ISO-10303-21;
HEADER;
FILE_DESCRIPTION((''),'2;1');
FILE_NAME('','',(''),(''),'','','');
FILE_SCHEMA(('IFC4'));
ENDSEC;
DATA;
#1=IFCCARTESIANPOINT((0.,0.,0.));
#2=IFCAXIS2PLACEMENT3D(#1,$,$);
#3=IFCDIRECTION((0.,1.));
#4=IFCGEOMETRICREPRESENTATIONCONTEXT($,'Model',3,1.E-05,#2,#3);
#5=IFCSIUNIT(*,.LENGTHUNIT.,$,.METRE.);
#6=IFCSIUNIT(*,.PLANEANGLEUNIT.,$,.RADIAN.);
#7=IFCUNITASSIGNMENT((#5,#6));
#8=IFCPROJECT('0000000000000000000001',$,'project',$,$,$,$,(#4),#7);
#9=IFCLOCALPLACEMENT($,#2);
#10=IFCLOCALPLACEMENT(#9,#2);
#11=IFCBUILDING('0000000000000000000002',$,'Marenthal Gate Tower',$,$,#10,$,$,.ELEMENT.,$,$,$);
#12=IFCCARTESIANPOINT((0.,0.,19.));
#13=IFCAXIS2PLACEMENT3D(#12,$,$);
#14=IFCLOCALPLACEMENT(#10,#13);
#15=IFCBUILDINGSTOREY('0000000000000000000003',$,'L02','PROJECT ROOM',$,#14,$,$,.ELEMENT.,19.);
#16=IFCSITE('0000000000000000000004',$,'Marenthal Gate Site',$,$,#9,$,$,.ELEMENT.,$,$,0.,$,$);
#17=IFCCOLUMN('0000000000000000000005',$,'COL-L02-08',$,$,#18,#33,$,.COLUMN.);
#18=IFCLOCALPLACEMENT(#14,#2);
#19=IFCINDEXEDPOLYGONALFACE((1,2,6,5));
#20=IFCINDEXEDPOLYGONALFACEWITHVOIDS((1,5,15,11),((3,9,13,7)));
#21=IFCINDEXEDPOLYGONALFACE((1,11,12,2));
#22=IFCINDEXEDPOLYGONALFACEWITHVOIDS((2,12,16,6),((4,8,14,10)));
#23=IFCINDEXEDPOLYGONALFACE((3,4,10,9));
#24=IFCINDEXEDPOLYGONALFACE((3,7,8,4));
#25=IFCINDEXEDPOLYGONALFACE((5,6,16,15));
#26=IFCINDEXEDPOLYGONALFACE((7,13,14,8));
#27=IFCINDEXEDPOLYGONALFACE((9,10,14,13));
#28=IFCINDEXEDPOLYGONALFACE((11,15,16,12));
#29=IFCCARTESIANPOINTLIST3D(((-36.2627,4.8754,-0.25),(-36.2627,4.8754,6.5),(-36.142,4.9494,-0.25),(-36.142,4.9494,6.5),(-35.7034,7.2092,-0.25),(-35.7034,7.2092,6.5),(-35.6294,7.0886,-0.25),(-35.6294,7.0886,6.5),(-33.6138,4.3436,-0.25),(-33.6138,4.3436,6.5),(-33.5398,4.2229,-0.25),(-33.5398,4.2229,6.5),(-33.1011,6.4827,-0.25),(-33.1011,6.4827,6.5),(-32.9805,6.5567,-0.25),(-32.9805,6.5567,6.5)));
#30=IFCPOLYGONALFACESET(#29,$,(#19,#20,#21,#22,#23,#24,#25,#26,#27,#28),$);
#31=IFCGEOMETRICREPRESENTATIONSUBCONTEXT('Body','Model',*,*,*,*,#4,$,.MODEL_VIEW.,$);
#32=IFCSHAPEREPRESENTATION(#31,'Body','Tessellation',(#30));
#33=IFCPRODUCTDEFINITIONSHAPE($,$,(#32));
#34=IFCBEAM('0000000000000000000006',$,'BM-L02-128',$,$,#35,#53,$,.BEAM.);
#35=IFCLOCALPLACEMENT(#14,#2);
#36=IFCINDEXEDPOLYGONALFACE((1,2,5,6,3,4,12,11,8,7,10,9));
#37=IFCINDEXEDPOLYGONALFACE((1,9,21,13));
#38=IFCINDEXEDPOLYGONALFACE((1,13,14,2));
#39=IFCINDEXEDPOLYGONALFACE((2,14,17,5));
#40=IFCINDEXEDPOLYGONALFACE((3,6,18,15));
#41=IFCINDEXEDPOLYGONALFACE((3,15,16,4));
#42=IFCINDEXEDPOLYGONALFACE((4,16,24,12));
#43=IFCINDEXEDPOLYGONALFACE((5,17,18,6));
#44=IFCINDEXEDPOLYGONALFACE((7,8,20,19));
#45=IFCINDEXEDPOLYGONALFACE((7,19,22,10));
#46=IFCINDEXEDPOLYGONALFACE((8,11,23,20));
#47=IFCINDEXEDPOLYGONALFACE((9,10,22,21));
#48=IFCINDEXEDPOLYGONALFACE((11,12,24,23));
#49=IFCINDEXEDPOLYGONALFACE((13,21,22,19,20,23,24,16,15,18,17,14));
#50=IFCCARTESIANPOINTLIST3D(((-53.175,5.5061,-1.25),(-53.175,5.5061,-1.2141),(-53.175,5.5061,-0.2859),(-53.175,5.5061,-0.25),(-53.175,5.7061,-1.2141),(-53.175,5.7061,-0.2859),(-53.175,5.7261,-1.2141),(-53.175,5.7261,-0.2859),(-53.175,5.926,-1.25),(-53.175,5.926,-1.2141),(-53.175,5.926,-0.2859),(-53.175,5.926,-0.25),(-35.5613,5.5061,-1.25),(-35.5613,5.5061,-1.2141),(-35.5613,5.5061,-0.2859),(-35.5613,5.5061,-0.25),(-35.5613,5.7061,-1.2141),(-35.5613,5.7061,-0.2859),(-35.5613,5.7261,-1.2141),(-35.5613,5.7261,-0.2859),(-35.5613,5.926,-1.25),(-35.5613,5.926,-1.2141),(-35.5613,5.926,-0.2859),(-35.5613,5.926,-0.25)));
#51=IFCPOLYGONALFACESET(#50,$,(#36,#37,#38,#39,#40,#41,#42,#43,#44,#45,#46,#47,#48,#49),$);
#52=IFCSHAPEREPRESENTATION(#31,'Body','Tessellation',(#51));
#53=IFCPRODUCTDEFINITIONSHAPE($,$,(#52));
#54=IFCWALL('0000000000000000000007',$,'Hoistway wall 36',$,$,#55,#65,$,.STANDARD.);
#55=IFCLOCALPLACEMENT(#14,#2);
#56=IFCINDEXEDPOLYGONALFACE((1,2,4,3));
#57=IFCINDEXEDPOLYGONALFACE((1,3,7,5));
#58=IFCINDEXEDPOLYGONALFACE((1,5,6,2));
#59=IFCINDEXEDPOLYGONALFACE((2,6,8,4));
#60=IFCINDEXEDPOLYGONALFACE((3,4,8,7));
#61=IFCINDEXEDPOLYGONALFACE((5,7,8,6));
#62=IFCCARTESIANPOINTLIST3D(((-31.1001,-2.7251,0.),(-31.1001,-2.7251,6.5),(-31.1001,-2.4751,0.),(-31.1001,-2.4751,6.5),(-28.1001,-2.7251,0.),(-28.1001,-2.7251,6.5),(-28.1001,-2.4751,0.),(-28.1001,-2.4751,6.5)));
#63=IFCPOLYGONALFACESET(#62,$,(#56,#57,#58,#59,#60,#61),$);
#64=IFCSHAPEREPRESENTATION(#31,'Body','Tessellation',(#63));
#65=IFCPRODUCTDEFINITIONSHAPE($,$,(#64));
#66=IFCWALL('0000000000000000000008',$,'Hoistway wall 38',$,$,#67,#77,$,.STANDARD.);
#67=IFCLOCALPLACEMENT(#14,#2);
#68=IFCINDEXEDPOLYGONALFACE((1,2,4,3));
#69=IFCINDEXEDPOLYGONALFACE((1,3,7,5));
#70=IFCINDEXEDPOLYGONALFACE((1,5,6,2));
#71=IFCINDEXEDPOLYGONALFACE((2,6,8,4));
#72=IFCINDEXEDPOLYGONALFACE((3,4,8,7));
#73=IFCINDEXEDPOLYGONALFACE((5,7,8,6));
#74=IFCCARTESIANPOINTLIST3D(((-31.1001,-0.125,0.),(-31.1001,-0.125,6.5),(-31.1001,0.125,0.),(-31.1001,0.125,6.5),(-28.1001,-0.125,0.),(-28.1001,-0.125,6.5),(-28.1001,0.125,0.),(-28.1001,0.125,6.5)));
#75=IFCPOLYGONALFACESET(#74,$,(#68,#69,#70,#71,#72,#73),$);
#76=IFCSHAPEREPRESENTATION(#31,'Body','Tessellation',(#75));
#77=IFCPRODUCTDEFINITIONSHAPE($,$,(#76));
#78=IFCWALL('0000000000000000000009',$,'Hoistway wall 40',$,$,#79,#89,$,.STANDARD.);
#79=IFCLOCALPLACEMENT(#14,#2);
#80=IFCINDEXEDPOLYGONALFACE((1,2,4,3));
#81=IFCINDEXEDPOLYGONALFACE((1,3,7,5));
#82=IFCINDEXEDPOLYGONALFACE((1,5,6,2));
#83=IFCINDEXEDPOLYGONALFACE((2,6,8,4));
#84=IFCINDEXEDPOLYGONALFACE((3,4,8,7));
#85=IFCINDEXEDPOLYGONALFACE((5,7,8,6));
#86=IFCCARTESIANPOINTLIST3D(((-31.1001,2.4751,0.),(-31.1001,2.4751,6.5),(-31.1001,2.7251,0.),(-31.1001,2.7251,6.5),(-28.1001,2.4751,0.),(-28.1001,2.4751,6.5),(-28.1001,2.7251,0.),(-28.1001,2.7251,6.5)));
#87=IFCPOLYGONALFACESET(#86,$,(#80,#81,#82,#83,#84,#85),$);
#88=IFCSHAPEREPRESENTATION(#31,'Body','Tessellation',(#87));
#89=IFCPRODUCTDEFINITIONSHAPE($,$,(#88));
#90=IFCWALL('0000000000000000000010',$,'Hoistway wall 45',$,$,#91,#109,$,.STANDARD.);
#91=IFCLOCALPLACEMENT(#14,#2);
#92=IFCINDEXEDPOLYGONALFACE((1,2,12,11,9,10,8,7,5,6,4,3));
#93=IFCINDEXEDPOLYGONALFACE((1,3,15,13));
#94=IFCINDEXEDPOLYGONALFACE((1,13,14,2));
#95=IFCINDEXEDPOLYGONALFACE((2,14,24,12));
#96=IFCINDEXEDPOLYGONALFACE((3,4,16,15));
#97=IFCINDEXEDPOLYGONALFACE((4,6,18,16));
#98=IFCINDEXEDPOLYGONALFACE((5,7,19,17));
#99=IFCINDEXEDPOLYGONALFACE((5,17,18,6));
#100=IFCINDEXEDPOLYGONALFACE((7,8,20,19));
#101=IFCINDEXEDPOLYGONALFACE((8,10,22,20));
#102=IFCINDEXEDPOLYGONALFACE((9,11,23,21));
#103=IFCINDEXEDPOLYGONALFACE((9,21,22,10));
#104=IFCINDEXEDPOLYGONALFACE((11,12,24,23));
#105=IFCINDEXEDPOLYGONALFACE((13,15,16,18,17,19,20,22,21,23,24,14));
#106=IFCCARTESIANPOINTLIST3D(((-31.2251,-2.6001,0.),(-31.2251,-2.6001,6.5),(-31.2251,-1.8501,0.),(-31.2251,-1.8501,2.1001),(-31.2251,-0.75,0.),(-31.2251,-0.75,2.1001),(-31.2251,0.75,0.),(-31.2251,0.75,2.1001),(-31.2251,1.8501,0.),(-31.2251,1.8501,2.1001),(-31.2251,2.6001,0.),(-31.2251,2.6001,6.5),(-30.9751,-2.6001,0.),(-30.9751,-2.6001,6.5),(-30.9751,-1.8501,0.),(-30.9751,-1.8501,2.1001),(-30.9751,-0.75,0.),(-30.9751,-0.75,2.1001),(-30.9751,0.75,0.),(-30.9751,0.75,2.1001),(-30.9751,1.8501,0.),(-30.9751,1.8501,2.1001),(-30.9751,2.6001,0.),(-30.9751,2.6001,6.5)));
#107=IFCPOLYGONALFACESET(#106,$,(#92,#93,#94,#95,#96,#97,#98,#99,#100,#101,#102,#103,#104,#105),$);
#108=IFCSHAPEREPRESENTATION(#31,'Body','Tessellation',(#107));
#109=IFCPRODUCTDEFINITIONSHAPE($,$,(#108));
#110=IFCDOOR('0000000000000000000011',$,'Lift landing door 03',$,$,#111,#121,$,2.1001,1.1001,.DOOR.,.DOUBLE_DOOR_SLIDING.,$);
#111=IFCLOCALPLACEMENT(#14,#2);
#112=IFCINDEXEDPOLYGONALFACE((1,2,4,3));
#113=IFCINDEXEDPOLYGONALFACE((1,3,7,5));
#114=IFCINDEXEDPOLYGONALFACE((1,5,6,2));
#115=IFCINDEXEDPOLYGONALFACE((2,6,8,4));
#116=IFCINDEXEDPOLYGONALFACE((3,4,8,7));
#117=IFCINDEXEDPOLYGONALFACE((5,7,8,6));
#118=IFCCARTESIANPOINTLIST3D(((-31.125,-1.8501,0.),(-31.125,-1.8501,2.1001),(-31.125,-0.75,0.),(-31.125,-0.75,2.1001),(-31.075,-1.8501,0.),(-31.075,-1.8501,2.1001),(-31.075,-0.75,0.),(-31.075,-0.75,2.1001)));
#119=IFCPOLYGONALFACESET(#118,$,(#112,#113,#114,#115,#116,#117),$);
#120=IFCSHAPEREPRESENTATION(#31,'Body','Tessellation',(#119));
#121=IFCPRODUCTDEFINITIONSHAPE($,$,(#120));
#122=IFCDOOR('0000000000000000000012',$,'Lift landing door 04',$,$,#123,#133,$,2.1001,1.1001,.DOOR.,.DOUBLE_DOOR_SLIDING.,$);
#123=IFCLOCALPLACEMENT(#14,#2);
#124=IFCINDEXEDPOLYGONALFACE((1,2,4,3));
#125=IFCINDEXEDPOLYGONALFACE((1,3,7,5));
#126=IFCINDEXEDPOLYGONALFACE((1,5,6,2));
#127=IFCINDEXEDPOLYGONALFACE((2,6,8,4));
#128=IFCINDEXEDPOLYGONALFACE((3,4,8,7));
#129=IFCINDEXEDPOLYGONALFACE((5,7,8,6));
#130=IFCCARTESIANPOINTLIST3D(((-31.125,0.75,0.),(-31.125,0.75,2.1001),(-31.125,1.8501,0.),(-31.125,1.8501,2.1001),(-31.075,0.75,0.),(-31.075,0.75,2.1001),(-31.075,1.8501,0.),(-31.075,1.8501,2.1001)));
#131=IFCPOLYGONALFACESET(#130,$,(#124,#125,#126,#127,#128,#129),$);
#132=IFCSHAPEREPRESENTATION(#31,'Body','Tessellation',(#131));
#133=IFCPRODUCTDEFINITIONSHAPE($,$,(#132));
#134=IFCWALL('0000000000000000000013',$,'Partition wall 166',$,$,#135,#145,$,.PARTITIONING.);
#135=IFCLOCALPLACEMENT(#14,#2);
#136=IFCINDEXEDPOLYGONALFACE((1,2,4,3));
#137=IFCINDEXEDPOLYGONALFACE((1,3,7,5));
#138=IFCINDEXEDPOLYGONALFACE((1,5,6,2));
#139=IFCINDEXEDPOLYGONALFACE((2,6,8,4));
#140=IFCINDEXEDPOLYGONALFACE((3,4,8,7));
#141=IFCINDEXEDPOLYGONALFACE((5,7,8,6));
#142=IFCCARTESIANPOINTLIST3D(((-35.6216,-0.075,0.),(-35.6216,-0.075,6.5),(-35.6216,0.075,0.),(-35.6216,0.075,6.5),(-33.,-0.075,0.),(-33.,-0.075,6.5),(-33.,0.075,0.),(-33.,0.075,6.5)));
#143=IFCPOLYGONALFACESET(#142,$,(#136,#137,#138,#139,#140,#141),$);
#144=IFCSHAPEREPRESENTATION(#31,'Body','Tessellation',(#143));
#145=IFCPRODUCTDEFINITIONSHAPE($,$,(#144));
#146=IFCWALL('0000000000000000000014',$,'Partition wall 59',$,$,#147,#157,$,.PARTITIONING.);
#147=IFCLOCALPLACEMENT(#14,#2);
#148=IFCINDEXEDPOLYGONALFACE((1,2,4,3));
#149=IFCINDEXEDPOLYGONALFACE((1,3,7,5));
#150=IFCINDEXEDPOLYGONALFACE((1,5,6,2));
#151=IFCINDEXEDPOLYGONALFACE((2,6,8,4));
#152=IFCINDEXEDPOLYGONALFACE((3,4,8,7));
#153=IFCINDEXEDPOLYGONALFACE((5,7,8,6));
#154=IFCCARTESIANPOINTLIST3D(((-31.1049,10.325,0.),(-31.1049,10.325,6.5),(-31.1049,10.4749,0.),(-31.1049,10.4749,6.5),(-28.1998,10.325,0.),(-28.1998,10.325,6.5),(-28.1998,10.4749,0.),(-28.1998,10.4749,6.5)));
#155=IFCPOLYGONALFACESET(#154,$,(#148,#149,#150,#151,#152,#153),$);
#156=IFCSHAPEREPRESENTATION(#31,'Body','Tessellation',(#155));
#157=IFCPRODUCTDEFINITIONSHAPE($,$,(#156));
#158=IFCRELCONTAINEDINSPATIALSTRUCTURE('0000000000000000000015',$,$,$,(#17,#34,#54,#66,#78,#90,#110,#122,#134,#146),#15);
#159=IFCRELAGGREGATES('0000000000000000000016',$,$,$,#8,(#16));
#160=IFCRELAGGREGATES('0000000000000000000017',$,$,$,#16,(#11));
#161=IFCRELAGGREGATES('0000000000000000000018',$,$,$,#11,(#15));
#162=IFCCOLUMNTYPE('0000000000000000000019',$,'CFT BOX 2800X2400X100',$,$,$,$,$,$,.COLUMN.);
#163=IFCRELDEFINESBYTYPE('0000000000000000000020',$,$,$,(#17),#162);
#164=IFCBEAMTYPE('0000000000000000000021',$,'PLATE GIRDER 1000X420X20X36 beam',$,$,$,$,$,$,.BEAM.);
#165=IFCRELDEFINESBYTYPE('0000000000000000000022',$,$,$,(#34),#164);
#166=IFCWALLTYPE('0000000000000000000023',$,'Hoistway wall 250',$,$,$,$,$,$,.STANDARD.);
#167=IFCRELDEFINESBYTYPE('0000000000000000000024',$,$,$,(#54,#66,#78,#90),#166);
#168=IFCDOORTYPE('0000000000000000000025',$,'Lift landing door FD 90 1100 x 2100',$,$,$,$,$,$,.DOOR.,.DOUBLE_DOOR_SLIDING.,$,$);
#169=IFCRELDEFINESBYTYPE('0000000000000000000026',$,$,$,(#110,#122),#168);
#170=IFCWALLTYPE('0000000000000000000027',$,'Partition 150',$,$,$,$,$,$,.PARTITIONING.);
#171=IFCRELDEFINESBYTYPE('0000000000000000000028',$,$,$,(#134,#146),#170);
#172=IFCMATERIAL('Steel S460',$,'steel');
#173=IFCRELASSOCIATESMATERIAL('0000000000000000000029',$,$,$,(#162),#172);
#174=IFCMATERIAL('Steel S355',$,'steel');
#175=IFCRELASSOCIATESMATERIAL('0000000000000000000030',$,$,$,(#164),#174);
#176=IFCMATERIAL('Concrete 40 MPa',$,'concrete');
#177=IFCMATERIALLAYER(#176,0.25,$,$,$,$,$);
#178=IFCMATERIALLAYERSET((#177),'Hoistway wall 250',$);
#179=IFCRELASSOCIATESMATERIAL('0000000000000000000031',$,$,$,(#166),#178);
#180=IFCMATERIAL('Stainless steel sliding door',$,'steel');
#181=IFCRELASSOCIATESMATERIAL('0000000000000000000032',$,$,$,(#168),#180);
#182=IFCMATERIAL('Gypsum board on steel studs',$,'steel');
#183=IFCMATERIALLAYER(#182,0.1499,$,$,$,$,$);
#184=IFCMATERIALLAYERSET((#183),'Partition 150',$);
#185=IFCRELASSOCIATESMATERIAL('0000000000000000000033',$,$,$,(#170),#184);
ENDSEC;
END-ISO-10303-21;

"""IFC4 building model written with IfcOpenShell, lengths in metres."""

from ifc_helpers import new_model, si_unit, direction, frame, frame_2d, origin, origin_2d, place, context, subcontext, project, spatial, rectangle, hollow_rectangle, i_section, extrude, material, layer, layer_set, material_profile, profile_set, type_object, element, fill, save


model = new_model("IFC4")

# Units and contexts
model_context = context("Model", 3, precision=1e-05, world=origin(), true_north=direction((0.0, 1.0)))
body_context = subcontext(model_context, "Body", "Model", "MODEL_VIEW")
ifc_project = project(units=[si_unit("LENGTHUNIT", "METRE"), si_unit("PLANEANGLEUNIT", "RADIAN")], contexts=[model_context])

# Site, building, storey
site_placement = place(None, origin())
site = spatial("IfcSite", under=ifc_project, at=site_placement, Name="Marenthal Gate Site", CompositionType="ELEMENT", RefElevation=0.0)
building_placement = place(site_placement, origin())
building = spatial("IfcBuilding", under=site, at=building_placement, Name="Marenthal Gate Tower", CompositionType="ELEMENT")
storey_placement = place(building_placement, frame((0.0, 0.0, 19.0)))
storey = spatial("IfcBuildingStorey", under=building, at=storey_placement, Name="L02", Description="PROJECT ROOM", CompositionType="ELEMENT", Elevation=19.0)

# Column
ifc_material_1 = material(Name="Steel S460", Category="steel")
ifc_material_profile_1 = material_profile(ifc_material_1, hollow_rectangle(XDim=2.3999, YDim=2.8, WallThickness=0.1001, at=origin_2d()), Name="CFT BOX 2800X2400X100")
ifc_material_2 = material(Name="Concrete 70 MPa", Category="concrete")
ifc_material_profile_2 = material_profile(ifc_material_2, rectangle(XDim=2.2, YDim=2.6001, at=origin_2d()), Name="CFT BOX 2800X2400X100 INFILL")
ifc_profile_set_1 = profile_set([ifc_material_profile_1, ifc_material_profile_2], Name="Steel S460 shell, Concrete 70 MPa infill")
column_type = type_object("IfcColumnType", Name="CFT BOX 2800X2400X100", PredefinedType="COLUMN", material=ifc_profile_set_1)
column_placement = place(storey_placement, frame((-34.6216, 5.7161, -0.25), z_axis=(0.0, 0.0, 1.0), x_axis=(0.233047, 0.972466, 0.0)))
element("IfcColumn", 1, at=column_placement, inside=storey, type_object=column_type, Name="COL-L02-08", PredefinedType="COLUMN", context=body_context, shape_type="SweptSolid", body=[
    extrude(hollow_rectangle(XDim=2.3999, YDim=2.8, WallThickness=0.1001, at=origin_2d()), origin(), (0.0, 0.0, 1.0), 6.75),
])

# Beam
ifc_material_3 = material(Name="Steel S355", Category="steel")
ifc_material_profile_3 = material_profile(ifc_material_3, i_section(OverallWidth=0.4199, OverallDepth=1.0, WebThickness=0.02, FlangeThickness=0.0359, at=origin_2d()), Name="PLATE GIRDER 1000X420X20X36")
ifc_profile_set_2 = profile_set([ifc_material_profile_3], Name="Steel S355")
beam_type = type_object("IfcBeamType", Name="PLATE GIRDER 1000X420X20X36 beam", PredefinedType="BEAM", material=ifc_profile_set_2)
beam_placement = place(storey_placement, frame((-35.5613, 5.7161, -0.75), z_axis=(-1.0, 0.0, 0.0), x_axis=(0.0, -1.0, 0.0)))
element("IfcBeam", 2, at=beam_placement, inside=storey, type_object=beam_type, Name="BM-L02-128", PredefinedType="BEAM", context=body_context, shape_type="SweptSolid", body=[
    extrude(i_section(OverallWidth=0.4199, OverallDepth=1.0, WebThickness=0.02, FlangeThickness=0.0359, at=origin_2d()), origin(), (0.0, 0.0, 1.0), 17.6138),
])

# Walls
ifc_material_4 = material(Name="Concrete 40 MPa", Category="concrete")
ifc_layer_1 = layer(ifc_material_4, 0.25)
ifc_layer_set_1 = layer_set([ifc_layer_1], Name="Hoistway wall 250")
wall_type_1 = type_object("IfcWallType", Name="Hoistway wall 250", PredefinedType="STANDARD", material=ifc_layer_set_1)
for number, where, z_axis, x_axis, name in (
    (3, (-31.1001, -2.6001, 0.0), (0.0, 0.0, 1.0), (1.0, 0.0, 0.0), "Hoistway wall 36"),
    (4, (-31.1001, 0.0, 0.0), (0.0, 0.0, 1.0), (1.0, 0.0, 0.0), "Hoistway wall 38"),
    (5, (-31.1001, 2.6001, 0.0), (0.0, 0.0, 1.0), (1.0, 0.0, 0.0), "Hoistway wall 40"),
):
    element("IfcWall", number, at=place(storey_placement, frame(where, z_axis=z_axis, x_axis=x_axis)), inside=storey, type_object=wall_type_1, Name=name, PredefinedType="STANDARD", context=body_context, shape_type="SweptSolid", body=[
        extrude(rectangle(XDim=3.0, YDim=0.25, at=frame_2d((1.5, 0.0))), origin(), (0.0, 0.0, 1.0), 6.5),
    ])

# Wall, openings, doors
wall_1_placement = place(storey_placement, frame((-31.1001, -2.6001, 0.0), z_axis=(0.0, 0.0, 1.0), x_axis=(0.0, 1.0, 0.0)))
wall_1 = element("IfcWall", 6, at=wall_1_placement, inside=storey, type_object=wall_type_1, Name="Hoistway wall 45", PredefinedType="STANDARD", context=body_context, shape_type="SweptSolid", body=[
    extrude(rectangle(XDim=5.2002, YDim=0.25, at=frame_2d((2.6001, 0.0))), origin(), (0.0, 0.0, 1.0), 6.5),
])
opening_1_placement = place(wall_1_placement, frame((0.75, 0.0, 0.0)))
opening_1 = element("IfcOpeningElement", 7, at=opening_1_placement, cuts=wall_1, PredefinedType="OPENING", context=body_context, shape_type="SweptSolid", body=[
    extrude(rectangle(XDim=1.1001, YDim=2.1001, at=frame_2d((0.55, 1.05))), frame((0.0, 0.135, 0.0), z_axis=(0.0, -1.0, 0.0), x_axis=(1.0, 0.0, 0.0)), (0.0, 0.0, 1.0), 0.27),
])
opening_2_placement = place(wall_1_placement, frame((3.3501, 0.0, 0.0)))
opening_2 = element("IfcOpeningElement", 8, at=opening_2_placement, cuts=wall_1, PredefinedType="OPENING", context=body_context, shape_type="SweptSolid", body=[
    extrude(rectangle(XDim=1.1001, YDim=2.1001, at=frame_2d((0.55, 1.05))), frame((0.0, 0.135, 0.0), z_axis=(0.0, -1.0, 0.0), x_axis=(1.0, 0.0, 0.0)), (0.0, 0.0, 1.0), 0.27),
])
ifc_material_5 = material(Name="Stainless steel sliding door", Category="steel")
door_type_1 = type_object("IfcDoorType", Name="Lift landing door FD 90 1100 x 2100", OperationType="DOUBLE_DOOR_SLIDING", PredefinedType="DOOR", material=ifc_material_5)
door_1_placement = place(opening_1_placement, origin())
door_1 = element("IfcDoor", 9, at=door_1_placement, inside=storey, type_object=door_type_1, Name="Lift landing door 03", OperationType="DOUBLE_DOOR_SLIDING", OverallHeight=2.1001, OverallWidth=1.1001, PredefinedType="DOOR", context=body_context, shape_type="SweptSolid", body=[
    extrude(rectangle(XDim=1.1001, YDim=2.1001, at=frame_2d((0.55, 1.05))), frame((0.0, 0.0249, 0.0), z_axis=(0.0, -1.0, 0.0), x_axis=(1.0, 0.0, 0.0)), (0.0, 0.0, 1.0), 0.05),
])
fill(opening_1, door_1)
door_2_placement = place(opening_2_placement, origin())
door_2 = element("IfcDoor", 10, at=door_2_placement, inside=storey, type_object=door_type_1, Name="Lift landing door 04", OperationType="DOUBLE_DOOR_SLIDING", OverallHeight=2.1001, OverallWidth=1.1001, PredefinedType="DOOR", context=body_context, shape_type="SweptSolid", body=[
    extrude(rectangle(XDim=1.1001, YDim=2.1001, at=frame_2d((0.55, 1.05))), frame((0.0, 0.0249, 0.0), z_axis=(0.0, -1.0, 0.0), x_axis=(1.0, 0.0, 0.0)), (0.0, 0.0, 1.0), 0.05),
])
fill(opening_2, door_2)

# Walls
ifc_material_6 = material(Name="Gypsum board on steel studs", Category="steel")
ifc_layer_2 = layer(ifc_material_6, 0.1499)
ifc_layer_set_2 = layer_set([ifc_layer_2], Name="Partition 150")
wall_type_2 = type_object("IfcWallType", Name="Partition 150", PredefinedType="PARTITIONING", material=ifc_layer_set_2)
wall_2_placement = place(storey_placement, frame((-35.6216, 0.0, 0.0), z_axis=(0.0, 0.0, 1.0), x_axis=(1.0, 0.0, 0.0)))
element("IfcWall", 11, at=wall_2_placement, inside=storey, type_object=wall_type_2, Name="Partition wall 166", PredefinedType="PARTITIONING", context=body_context, shape_type="SweptSolid", body=[
    extrude(rectangle(XDim=2.6216, YDim=0.1499, at=frame_2d((1.3108, 0.0))), origin(), (0.0, 0.0, 1.0), 6.5),
])
wall_3_placement = place(storey_placement, frame((-31.105, 10.3999, 0.0), z_axis=(0.0, 0.0, 1.0), x_axis=(1.0, 0.0, 0.0)))
element("IfcWall", 12, at=wall_3_placement, inside=storey, type_object=wall_type_2, Name="Partition wall 59", PredefinedType="PARTITIONING", context=body_context, shape_type="SweptSolid", body=[
    extrude(rectangle(XDim=2.905, YDim=0.1499, at=frame_2d((1.4526, 0.0))), origin(), (0.0, 0.0, 1.0), 6.5),
])

save(model, "model.ifc")
